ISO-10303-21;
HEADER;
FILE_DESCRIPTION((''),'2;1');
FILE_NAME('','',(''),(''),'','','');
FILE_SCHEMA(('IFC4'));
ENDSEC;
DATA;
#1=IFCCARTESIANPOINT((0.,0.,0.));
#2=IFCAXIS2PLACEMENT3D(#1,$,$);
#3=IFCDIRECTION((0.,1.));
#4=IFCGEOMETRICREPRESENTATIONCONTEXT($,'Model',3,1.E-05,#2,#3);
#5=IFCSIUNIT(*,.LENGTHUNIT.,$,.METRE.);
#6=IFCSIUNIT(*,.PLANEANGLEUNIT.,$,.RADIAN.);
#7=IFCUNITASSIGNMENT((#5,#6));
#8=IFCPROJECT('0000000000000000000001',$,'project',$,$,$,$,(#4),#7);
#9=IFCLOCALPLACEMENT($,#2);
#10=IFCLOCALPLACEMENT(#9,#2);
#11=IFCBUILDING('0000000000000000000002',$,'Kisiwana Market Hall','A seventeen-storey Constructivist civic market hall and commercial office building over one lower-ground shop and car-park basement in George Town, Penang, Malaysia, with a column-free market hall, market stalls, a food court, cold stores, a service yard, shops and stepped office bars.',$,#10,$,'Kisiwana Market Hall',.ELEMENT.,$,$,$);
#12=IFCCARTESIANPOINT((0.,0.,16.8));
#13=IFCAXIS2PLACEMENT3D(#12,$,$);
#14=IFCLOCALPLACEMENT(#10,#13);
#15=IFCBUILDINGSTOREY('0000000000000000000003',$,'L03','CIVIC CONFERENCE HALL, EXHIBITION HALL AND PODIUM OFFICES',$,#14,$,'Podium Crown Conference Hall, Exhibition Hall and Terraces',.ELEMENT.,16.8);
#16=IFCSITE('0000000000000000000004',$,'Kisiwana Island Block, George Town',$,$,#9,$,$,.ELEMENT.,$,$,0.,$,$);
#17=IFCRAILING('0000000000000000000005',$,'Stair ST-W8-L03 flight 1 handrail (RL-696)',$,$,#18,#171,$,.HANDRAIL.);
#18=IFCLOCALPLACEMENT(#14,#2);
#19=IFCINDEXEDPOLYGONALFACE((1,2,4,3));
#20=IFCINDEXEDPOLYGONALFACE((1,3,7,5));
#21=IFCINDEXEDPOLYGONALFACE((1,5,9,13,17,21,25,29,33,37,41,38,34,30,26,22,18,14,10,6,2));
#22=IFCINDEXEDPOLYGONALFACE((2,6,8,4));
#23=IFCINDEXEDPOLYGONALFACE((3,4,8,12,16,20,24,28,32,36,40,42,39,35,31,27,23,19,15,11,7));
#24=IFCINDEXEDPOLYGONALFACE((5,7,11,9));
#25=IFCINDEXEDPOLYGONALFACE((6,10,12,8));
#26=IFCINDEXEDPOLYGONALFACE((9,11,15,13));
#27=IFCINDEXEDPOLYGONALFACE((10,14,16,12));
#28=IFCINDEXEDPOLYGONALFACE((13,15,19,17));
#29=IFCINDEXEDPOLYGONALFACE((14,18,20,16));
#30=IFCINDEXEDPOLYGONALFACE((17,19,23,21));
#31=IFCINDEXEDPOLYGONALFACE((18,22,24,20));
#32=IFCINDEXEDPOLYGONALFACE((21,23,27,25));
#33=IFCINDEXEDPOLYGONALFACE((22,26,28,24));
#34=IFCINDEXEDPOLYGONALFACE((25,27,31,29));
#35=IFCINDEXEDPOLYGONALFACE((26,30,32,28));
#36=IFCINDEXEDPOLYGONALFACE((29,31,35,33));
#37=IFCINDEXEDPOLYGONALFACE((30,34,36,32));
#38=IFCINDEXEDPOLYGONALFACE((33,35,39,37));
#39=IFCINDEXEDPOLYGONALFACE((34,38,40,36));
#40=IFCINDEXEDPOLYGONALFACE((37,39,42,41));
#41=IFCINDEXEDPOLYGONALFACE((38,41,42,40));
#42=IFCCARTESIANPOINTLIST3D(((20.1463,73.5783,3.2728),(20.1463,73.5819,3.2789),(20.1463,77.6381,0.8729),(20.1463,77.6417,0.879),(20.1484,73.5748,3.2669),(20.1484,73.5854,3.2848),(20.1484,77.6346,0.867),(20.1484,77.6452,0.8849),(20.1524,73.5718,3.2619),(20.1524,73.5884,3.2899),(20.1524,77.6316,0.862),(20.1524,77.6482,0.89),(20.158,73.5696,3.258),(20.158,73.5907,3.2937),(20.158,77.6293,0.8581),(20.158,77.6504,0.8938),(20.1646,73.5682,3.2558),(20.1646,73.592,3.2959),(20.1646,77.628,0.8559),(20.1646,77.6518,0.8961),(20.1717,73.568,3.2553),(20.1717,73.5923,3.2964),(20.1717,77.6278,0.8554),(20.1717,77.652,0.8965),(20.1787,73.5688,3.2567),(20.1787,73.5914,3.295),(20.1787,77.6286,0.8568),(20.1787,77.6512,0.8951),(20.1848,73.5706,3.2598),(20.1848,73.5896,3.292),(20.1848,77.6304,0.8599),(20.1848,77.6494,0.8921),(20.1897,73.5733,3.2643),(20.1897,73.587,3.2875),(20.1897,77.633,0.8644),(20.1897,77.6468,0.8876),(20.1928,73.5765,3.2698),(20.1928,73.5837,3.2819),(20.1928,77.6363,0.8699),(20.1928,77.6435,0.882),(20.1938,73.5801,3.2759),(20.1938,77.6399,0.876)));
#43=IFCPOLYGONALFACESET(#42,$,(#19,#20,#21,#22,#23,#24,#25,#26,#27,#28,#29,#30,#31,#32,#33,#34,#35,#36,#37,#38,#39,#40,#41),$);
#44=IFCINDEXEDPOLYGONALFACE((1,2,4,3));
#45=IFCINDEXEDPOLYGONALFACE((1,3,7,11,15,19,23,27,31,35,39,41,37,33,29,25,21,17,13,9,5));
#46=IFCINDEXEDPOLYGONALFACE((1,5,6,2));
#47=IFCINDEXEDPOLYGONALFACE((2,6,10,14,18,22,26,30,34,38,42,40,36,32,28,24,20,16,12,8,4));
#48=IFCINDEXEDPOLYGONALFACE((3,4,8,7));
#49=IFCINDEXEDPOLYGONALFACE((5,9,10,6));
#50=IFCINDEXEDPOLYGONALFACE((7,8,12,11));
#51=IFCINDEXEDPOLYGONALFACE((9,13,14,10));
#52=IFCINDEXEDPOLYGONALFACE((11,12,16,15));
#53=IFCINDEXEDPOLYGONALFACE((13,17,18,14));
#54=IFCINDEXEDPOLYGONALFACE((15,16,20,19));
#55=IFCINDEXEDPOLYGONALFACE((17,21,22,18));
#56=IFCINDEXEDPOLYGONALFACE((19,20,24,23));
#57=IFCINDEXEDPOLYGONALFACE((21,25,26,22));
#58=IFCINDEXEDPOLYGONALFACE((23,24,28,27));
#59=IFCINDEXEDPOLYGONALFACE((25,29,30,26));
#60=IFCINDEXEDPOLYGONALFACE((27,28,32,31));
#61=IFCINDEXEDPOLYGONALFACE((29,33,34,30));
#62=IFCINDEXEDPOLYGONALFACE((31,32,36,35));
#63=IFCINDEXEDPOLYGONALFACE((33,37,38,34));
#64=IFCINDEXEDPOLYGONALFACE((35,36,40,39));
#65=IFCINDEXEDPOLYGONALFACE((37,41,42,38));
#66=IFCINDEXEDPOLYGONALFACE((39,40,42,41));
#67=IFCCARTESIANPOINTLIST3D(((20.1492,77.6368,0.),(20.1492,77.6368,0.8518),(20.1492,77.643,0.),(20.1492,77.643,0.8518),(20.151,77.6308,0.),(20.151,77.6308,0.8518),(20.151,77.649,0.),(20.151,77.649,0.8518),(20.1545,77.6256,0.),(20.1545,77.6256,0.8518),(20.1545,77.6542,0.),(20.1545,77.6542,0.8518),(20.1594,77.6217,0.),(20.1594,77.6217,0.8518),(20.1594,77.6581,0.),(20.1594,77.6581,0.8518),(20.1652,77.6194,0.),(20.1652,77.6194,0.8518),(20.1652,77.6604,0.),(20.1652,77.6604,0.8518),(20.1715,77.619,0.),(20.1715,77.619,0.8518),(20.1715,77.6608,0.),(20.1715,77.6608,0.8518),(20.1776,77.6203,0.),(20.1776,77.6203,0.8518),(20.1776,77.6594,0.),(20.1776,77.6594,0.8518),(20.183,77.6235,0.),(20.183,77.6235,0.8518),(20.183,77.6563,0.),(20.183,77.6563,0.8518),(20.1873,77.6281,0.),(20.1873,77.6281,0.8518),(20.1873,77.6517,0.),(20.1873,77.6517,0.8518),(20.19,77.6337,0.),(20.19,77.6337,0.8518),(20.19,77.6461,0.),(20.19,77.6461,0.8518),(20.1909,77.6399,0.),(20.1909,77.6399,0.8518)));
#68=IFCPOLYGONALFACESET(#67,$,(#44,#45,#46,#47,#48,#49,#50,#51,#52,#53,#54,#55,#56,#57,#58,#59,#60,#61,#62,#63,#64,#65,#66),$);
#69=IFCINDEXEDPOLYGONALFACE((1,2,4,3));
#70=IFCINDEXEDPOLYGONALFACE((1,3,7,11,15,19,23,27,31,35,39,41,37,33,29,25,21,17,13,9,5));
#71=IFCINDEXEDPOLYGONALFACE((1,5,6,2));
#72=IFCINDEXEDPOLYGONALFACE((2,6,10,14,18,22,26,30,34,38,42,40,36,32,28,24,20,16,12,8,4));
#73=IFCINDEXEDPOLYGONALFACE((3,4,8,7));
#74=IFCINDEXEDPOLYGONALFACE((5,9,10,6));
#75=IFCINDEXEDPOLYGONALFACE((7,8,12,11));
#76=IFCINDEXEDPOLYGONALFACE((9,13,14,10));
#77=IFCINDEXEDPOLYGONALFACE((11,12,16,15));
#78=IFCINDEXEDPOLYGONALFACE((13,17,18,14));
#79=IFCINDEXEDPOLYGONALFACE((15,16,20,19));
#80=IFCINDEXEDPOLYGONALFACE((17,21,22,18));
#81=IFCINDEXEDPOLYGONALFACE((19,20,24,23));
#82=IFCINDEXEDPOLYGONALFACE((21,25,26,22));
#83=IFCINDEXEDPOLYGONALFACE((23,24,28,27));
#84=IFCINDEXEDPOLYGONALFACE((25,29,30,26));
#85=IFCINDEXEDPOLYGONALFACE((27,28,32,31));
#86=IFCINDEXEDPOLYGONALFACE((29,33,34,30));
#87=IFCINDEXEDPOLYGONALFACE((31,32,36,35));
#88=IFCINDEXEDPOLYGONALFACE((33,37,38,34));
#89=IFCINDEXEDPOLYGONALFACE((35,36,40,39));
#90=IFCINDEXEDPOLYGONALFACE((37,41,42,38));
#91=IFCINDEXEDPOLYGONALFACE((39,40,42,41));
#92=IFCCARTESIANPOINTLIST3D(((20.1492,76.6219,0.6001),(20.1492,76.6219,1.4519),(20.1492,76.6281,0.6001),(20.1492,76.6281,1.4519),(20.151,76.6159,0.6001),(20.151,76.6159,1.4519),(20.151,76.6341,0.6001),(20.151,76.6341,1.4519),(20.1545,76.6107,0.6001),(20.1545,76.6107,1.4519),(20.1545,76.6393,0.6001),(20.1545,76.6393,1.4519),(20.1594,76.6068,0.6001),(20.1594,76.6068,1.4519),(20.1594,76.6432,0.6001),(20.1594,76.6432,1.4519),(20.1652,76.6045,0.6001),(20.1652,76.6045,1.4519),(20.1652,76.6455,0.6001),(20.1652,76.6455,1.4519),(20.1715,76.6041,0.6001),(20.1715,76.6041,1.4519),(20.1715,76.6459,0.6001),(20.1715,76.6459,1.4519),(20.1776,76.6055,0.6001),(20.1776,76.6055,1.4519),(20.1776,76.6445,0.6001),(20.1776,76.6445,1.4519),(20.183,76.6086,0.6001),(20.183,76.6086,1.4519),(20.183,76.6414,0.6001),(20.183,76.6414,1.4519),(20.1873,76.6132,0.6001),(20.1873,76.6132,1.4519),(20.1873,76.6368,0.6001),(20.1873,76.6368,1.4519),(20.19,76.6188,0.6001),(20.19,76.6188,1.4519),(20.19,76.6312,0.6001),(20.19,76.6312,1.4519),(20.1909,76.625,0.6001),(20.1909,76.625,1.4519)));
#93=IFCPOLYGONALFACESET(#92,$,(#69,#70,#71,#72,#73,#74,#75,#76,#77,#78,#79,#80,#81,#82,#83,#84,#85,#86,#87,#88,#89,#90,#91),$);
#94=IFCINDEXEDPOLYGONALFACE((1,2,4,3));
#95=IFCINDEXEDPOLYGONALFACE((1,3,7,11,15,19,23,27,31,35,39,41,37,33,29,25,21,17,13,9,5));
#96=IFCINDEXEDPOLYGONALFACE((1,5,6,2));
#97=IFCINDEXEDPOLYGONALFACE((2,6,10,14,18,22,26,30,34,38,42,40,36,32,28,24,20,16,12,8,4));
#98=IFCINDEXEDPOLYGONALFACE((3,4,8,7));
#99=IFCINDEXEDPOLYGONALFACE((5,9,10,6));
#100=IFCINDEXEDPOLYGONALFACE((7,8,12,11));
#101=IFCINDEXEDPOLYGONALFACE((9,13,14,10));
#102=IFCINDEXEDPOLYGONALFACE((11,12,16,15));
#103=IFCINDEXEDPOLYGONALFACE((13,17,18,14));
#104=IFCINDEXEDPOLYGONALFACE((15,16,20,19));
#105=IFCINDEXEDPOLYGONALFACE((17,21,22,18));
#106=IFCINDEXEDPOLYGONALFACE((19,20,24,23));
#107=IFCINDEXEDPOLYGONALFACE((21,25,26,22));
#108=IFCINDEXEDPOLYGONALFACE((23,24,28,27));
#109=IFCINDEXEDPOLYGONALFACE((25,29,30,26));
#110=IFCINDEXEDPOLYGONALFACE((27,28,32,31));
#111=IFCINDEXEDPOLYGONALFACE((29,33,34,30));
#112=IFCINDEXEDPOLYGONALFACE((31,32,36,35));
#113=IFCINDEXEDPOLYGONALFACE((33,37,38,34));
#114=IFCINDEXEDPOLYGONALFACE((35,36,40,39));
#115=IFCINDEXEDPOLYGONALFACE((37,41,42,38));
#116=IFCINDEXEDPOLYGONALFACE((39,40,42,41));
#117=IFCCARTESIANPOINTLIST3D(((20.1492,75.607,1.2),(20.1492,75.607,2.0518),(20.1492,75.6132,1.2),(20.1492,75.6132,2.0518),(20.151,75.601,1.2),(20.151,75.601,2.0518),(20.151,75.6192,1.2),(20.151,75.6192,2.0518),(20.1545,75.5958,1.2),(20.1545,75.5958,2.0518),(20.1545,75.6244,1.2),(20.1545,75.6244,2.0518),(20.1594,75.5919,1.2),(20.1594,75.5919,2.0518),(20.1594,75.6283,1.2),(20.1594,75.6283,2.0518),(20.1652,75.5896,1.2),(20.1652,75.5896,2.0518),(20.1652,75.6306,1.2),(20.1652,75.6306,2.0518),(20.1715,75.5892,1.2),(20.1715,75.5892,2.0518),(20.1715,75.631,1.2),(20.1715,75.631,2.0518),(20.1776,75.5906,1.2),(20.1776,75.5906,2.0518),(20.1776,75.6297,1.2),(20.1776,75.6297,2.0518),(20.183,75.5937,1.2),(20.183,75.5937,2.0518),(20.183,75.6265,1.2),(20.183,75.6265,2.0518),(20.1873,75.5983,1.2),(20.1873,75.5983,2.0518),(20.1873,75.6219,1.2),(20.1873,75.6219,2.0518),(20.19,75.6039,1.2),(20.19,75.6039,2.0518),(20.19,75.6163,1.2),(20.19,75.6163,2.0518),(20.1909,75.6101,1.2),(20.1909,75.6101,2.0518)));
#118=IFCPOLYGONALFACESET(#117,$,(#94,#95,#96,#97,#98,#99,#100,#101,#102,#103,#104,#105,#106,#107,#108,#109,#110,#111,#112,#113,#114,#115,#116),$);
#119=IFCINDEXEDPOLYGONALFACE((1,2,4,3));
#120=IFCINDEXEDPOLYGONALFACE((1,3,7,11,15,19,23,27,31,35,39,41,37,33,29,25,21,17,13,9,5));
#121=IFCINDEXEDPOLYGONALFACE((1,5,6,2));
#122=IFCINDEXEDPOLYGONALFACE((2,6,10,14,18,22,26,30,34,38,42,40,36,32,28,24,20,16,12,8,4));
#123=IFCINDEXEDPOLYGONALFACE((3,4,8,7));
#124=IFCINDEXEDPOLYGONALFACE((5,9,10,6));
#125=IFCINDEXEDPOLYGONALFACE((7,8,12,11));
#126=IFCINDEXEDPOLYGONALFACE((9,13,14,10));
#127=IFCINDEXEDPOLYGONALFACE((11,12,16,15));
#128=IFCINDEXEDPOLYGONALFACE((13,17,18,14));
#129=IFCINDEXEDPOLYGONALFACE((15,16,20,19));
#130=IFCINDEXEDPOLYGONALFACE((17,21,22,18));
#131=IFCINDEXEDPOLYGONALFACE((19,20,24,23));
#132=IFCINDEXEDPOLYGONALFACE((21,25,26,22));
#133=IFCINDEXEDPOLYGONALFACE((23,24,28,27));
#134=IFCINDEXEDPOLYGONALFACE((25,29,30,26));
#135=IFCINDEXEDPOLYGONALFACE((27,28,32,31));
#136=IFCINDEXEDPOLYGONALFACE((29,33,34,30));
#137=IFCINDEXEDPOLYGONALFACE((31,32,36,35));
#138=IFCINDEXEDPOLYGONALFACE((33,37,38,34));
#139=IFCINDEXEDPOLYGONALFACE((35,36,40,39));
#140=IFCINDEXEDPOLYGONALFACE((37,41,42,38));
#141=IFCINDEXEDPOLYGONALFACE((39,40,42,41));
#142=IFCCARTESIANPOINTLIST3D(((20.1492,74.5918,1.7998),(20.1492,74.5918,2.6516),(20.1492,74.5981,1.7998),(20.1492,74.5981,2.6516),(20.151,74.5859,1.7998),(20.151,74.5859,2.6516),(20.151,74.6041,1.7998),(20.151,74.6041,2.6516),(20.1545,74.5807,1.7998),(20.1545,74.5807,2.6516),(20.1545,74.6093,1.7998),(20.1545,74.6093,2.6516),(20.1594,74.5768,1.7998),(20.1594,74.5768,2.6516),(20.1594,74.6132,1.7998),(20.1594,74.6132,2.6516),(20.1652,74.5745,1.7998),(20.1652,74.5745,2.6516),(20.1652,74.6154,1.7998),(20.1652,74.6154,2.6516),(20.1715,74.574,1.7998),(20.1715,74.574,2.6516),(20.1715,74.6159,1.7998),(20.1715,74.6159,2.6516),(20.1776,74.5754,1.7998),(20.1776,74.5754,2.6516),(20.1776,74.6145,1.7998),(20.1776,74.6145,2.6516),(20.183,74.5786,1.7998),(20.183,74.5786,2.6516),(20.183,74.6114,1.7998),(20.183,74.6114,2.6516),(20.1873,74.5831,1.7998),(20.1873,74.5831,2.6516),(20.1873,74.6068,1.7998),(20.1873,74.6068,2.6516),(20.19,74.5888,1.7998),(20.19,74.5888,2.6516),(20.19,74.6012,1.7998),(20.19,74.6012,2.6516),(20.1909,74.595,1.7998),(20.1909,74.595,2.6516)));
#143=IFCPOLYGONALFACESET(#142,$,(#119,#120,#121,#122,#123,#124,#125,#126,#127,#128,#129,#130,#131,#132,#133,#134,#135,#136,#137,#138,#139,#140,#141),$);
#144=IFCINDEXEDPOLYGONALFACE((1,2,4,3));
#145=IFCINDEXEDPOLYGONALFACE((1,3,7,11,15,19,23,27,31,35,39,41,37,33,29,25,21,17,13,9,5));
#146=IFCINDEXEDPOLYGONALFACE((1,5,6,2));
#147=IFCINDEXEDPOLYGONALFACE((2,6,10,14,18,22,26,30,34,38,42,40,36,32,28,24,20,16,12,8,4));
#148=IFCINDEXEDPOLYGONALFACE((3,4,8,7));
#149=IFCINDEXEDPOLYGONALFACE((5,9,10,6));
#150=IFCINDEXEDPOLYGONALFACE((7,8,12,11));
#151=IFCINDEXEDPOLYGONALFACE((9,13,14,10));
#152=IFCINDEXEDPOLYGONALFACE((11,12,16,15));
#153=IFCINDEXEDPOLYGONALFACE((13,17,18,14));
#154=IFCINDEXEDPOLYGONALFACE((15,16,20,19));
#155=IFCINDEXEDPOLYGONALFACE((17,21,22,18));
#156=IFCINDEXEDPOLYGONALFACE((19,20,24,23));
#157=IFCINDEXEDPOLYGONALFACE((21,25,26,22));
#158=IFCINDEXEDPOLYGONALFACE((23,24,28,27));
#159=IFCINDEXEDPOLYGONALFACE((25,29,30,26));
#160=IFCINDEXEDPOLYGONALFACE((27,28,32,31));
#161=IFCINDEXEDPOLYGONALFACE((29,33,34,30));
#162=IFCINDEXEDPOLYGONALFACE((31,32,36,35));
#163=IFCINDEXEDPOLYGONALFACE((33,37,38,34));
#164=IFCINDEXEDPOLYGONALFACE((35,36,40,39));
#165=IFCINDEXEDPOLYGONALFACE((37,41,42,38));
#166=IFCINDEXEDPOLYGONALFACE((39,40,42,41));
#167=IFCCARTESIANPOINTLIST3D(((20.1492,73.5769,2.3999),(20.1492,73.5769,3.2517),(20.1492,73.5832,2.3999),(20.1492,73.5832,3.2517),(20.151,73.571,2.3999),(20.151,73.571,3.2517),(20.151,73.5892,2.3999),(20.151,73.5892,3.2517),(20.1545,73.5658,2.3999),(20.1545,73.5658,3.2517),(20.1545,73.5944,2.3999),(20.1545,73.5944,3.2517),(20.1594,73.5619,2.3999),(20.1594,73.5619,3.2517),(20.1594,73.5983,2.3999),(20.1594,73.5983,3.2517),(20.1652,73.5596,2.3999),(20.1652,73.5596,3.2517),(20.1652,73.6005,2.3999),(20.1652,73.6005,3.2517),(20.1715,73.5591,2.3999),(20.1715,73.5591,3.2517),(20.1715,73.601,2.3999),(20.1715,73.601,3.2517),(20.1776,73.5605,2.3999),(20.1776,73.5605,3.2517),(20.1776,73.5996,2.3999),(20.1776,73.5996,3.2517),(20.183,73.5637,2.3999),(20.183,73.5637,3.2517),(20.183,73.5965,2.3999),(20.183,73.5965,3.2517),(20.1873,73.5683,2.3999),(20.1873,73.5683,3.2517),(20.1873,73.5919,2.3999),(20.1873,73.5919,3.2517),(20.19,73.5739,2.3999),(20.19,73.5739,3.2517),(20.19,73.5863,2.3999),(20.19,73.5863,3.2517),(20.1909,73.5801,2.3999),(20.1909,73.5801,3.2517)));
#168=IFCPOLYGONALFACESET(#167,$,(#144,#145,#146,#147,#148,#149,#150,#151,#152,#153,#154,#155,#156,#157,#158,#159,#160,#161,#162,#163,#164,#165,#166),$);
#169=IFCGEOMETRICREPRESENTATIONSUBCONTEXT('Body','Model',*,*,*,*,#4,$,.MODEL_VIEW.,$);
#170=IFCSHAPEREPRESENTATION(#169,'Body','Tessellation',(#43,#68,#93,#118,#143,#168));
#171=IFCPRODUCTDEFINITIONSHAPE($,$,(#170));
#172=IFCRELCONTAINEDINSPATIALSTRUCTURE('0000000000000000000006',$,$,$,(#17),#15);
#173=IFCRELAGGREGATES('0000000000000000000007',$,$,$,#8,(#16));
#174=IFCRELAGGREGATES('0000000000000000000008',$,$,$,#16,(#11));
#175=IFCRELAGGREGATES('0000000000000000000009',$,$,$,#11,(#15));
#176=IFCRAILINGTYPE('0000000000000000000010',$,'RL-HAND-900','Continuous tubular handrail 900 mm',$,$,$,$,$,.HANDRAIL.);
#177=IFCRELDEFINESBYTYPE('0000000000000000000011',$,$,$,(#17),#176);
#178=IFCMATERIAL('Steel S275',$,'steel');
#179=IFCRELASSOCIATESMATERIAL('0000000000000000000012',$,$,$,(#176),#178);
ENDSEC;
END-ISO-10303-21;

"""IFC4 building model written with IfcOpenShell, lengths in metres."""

from ifc_helpers import new_model, si_unit, direction, frame, origin, origin_2d, place, context, subcontext, project, spatial, circle, extrude, material, type_object, element, save


model = new_model("IFC4")

# Units and contexts
model_context = context("Model", 3, precision=1e-05, world=origin(), true_north=direction((0.0, 1.0)))
body_context = subcontext(model_context, "Body", "Model", "MODEL_VIEW")
ifc_project = project(units=[si_unit("LENGTHUNIT", "METRE"), si_unit("PLANEANGLEUNIT", "RADIAN")], contexts=[model_context])

# Site, building, storey
site_placement = place(None, origin())
site = spatial("IfcSite", under=ifc_project, at=site_placement, Name="Kisiwana Island Block, George Town", CompositionType="ELEMENT", RefElevation=0.0)
building_placement = place(site_placement, origin())
building = spatial("IfcBuilding", under=site, at=building_placement, Name="Kisiwana Market Hall", Description="A seventeen-storey Constructivist civic market hall and commercial office building over one lower-ground shop and car-park basement in George Town, Penang, Malaysia, with a column-free market hall, market stalls, a food court, cold stores, a service yard, shops and stepped office bars.", LongName="Kisiwana Market Hall", CompositionType="ELEMENT")
storey_placement = place(building_placement, frame((0.0, 0.0, 16.8)))
storey = spatial("IfcBuildingStorey", under=building, at=storey_placement, Name="L03", Description="CIVIC CONFERENCE HALL, EXHIBITION HALL AND PODIUM OFFICES", LongName="Podium Crown Conference Hall, Exhibition Hall and Terraces", CompositionType="ELEMENT", Elevation=16.8)

# Railing
ifc_material_1 = material(Name="Steel S275", Category="steel")
railing_type_1 = type_object("IfcRailingType", Name="RL-HAND-900", Description="Continuous tubular handrail 900 mm", PredefinedType="HANDRAIL", material=ifc_material_1)
railing_1_placement = place(storey_placement, frame((20.1699, 77.6399, 0.0)))
element("IfcRailing", 1, at=railing_1_placement, inside=storey, type_object=railing_type_1, Name="Stair ST-W8-L03 flight 1 handrail (RL-696)", PredefinedType="HANDRAIL", context=body_context, shape_type="SweptSolid", body=[
    extrude(circle(Radius=0.0239, at=origin_2d()), frame((0.0, 0.0, 0.876), z_axis=(0.0, -0.860841, 0.508874), x_axis=(1.0, 0.0, 0.0)), (0.0, 0.0, 1.0), 4.7161),
    extrude(circle(Radius=0.021, at=origin_2d()), origin(), (0.0, 0.0, 1.0), 0.8518),
    extrude(circle(Radius=0.021, at=origin_2d()), frame((0.0, -1.0149, 0.6001)), (0.0, 0.0, 1.0), 0.8518),
    extrude(circle(Radius=0.021, at=origin_2d()), frame((0.0, -2.0298, 1.2)), (0.0, 0.0, 1.0), 0.8518),
    extrude(circle(Radius=0.021, at=origin_2d()), frame((0.0, -3.0449, 1.7998)), (0.0, 0.0, 1.0), 0.8518),
    extrude(circle(Radius=0.021, at=origin_2d()), frame((0.0, -4.0598, 2.3999)), (0.0, 0.0, 1.0), 0.8518),
])

save(model, "model.ifc")
